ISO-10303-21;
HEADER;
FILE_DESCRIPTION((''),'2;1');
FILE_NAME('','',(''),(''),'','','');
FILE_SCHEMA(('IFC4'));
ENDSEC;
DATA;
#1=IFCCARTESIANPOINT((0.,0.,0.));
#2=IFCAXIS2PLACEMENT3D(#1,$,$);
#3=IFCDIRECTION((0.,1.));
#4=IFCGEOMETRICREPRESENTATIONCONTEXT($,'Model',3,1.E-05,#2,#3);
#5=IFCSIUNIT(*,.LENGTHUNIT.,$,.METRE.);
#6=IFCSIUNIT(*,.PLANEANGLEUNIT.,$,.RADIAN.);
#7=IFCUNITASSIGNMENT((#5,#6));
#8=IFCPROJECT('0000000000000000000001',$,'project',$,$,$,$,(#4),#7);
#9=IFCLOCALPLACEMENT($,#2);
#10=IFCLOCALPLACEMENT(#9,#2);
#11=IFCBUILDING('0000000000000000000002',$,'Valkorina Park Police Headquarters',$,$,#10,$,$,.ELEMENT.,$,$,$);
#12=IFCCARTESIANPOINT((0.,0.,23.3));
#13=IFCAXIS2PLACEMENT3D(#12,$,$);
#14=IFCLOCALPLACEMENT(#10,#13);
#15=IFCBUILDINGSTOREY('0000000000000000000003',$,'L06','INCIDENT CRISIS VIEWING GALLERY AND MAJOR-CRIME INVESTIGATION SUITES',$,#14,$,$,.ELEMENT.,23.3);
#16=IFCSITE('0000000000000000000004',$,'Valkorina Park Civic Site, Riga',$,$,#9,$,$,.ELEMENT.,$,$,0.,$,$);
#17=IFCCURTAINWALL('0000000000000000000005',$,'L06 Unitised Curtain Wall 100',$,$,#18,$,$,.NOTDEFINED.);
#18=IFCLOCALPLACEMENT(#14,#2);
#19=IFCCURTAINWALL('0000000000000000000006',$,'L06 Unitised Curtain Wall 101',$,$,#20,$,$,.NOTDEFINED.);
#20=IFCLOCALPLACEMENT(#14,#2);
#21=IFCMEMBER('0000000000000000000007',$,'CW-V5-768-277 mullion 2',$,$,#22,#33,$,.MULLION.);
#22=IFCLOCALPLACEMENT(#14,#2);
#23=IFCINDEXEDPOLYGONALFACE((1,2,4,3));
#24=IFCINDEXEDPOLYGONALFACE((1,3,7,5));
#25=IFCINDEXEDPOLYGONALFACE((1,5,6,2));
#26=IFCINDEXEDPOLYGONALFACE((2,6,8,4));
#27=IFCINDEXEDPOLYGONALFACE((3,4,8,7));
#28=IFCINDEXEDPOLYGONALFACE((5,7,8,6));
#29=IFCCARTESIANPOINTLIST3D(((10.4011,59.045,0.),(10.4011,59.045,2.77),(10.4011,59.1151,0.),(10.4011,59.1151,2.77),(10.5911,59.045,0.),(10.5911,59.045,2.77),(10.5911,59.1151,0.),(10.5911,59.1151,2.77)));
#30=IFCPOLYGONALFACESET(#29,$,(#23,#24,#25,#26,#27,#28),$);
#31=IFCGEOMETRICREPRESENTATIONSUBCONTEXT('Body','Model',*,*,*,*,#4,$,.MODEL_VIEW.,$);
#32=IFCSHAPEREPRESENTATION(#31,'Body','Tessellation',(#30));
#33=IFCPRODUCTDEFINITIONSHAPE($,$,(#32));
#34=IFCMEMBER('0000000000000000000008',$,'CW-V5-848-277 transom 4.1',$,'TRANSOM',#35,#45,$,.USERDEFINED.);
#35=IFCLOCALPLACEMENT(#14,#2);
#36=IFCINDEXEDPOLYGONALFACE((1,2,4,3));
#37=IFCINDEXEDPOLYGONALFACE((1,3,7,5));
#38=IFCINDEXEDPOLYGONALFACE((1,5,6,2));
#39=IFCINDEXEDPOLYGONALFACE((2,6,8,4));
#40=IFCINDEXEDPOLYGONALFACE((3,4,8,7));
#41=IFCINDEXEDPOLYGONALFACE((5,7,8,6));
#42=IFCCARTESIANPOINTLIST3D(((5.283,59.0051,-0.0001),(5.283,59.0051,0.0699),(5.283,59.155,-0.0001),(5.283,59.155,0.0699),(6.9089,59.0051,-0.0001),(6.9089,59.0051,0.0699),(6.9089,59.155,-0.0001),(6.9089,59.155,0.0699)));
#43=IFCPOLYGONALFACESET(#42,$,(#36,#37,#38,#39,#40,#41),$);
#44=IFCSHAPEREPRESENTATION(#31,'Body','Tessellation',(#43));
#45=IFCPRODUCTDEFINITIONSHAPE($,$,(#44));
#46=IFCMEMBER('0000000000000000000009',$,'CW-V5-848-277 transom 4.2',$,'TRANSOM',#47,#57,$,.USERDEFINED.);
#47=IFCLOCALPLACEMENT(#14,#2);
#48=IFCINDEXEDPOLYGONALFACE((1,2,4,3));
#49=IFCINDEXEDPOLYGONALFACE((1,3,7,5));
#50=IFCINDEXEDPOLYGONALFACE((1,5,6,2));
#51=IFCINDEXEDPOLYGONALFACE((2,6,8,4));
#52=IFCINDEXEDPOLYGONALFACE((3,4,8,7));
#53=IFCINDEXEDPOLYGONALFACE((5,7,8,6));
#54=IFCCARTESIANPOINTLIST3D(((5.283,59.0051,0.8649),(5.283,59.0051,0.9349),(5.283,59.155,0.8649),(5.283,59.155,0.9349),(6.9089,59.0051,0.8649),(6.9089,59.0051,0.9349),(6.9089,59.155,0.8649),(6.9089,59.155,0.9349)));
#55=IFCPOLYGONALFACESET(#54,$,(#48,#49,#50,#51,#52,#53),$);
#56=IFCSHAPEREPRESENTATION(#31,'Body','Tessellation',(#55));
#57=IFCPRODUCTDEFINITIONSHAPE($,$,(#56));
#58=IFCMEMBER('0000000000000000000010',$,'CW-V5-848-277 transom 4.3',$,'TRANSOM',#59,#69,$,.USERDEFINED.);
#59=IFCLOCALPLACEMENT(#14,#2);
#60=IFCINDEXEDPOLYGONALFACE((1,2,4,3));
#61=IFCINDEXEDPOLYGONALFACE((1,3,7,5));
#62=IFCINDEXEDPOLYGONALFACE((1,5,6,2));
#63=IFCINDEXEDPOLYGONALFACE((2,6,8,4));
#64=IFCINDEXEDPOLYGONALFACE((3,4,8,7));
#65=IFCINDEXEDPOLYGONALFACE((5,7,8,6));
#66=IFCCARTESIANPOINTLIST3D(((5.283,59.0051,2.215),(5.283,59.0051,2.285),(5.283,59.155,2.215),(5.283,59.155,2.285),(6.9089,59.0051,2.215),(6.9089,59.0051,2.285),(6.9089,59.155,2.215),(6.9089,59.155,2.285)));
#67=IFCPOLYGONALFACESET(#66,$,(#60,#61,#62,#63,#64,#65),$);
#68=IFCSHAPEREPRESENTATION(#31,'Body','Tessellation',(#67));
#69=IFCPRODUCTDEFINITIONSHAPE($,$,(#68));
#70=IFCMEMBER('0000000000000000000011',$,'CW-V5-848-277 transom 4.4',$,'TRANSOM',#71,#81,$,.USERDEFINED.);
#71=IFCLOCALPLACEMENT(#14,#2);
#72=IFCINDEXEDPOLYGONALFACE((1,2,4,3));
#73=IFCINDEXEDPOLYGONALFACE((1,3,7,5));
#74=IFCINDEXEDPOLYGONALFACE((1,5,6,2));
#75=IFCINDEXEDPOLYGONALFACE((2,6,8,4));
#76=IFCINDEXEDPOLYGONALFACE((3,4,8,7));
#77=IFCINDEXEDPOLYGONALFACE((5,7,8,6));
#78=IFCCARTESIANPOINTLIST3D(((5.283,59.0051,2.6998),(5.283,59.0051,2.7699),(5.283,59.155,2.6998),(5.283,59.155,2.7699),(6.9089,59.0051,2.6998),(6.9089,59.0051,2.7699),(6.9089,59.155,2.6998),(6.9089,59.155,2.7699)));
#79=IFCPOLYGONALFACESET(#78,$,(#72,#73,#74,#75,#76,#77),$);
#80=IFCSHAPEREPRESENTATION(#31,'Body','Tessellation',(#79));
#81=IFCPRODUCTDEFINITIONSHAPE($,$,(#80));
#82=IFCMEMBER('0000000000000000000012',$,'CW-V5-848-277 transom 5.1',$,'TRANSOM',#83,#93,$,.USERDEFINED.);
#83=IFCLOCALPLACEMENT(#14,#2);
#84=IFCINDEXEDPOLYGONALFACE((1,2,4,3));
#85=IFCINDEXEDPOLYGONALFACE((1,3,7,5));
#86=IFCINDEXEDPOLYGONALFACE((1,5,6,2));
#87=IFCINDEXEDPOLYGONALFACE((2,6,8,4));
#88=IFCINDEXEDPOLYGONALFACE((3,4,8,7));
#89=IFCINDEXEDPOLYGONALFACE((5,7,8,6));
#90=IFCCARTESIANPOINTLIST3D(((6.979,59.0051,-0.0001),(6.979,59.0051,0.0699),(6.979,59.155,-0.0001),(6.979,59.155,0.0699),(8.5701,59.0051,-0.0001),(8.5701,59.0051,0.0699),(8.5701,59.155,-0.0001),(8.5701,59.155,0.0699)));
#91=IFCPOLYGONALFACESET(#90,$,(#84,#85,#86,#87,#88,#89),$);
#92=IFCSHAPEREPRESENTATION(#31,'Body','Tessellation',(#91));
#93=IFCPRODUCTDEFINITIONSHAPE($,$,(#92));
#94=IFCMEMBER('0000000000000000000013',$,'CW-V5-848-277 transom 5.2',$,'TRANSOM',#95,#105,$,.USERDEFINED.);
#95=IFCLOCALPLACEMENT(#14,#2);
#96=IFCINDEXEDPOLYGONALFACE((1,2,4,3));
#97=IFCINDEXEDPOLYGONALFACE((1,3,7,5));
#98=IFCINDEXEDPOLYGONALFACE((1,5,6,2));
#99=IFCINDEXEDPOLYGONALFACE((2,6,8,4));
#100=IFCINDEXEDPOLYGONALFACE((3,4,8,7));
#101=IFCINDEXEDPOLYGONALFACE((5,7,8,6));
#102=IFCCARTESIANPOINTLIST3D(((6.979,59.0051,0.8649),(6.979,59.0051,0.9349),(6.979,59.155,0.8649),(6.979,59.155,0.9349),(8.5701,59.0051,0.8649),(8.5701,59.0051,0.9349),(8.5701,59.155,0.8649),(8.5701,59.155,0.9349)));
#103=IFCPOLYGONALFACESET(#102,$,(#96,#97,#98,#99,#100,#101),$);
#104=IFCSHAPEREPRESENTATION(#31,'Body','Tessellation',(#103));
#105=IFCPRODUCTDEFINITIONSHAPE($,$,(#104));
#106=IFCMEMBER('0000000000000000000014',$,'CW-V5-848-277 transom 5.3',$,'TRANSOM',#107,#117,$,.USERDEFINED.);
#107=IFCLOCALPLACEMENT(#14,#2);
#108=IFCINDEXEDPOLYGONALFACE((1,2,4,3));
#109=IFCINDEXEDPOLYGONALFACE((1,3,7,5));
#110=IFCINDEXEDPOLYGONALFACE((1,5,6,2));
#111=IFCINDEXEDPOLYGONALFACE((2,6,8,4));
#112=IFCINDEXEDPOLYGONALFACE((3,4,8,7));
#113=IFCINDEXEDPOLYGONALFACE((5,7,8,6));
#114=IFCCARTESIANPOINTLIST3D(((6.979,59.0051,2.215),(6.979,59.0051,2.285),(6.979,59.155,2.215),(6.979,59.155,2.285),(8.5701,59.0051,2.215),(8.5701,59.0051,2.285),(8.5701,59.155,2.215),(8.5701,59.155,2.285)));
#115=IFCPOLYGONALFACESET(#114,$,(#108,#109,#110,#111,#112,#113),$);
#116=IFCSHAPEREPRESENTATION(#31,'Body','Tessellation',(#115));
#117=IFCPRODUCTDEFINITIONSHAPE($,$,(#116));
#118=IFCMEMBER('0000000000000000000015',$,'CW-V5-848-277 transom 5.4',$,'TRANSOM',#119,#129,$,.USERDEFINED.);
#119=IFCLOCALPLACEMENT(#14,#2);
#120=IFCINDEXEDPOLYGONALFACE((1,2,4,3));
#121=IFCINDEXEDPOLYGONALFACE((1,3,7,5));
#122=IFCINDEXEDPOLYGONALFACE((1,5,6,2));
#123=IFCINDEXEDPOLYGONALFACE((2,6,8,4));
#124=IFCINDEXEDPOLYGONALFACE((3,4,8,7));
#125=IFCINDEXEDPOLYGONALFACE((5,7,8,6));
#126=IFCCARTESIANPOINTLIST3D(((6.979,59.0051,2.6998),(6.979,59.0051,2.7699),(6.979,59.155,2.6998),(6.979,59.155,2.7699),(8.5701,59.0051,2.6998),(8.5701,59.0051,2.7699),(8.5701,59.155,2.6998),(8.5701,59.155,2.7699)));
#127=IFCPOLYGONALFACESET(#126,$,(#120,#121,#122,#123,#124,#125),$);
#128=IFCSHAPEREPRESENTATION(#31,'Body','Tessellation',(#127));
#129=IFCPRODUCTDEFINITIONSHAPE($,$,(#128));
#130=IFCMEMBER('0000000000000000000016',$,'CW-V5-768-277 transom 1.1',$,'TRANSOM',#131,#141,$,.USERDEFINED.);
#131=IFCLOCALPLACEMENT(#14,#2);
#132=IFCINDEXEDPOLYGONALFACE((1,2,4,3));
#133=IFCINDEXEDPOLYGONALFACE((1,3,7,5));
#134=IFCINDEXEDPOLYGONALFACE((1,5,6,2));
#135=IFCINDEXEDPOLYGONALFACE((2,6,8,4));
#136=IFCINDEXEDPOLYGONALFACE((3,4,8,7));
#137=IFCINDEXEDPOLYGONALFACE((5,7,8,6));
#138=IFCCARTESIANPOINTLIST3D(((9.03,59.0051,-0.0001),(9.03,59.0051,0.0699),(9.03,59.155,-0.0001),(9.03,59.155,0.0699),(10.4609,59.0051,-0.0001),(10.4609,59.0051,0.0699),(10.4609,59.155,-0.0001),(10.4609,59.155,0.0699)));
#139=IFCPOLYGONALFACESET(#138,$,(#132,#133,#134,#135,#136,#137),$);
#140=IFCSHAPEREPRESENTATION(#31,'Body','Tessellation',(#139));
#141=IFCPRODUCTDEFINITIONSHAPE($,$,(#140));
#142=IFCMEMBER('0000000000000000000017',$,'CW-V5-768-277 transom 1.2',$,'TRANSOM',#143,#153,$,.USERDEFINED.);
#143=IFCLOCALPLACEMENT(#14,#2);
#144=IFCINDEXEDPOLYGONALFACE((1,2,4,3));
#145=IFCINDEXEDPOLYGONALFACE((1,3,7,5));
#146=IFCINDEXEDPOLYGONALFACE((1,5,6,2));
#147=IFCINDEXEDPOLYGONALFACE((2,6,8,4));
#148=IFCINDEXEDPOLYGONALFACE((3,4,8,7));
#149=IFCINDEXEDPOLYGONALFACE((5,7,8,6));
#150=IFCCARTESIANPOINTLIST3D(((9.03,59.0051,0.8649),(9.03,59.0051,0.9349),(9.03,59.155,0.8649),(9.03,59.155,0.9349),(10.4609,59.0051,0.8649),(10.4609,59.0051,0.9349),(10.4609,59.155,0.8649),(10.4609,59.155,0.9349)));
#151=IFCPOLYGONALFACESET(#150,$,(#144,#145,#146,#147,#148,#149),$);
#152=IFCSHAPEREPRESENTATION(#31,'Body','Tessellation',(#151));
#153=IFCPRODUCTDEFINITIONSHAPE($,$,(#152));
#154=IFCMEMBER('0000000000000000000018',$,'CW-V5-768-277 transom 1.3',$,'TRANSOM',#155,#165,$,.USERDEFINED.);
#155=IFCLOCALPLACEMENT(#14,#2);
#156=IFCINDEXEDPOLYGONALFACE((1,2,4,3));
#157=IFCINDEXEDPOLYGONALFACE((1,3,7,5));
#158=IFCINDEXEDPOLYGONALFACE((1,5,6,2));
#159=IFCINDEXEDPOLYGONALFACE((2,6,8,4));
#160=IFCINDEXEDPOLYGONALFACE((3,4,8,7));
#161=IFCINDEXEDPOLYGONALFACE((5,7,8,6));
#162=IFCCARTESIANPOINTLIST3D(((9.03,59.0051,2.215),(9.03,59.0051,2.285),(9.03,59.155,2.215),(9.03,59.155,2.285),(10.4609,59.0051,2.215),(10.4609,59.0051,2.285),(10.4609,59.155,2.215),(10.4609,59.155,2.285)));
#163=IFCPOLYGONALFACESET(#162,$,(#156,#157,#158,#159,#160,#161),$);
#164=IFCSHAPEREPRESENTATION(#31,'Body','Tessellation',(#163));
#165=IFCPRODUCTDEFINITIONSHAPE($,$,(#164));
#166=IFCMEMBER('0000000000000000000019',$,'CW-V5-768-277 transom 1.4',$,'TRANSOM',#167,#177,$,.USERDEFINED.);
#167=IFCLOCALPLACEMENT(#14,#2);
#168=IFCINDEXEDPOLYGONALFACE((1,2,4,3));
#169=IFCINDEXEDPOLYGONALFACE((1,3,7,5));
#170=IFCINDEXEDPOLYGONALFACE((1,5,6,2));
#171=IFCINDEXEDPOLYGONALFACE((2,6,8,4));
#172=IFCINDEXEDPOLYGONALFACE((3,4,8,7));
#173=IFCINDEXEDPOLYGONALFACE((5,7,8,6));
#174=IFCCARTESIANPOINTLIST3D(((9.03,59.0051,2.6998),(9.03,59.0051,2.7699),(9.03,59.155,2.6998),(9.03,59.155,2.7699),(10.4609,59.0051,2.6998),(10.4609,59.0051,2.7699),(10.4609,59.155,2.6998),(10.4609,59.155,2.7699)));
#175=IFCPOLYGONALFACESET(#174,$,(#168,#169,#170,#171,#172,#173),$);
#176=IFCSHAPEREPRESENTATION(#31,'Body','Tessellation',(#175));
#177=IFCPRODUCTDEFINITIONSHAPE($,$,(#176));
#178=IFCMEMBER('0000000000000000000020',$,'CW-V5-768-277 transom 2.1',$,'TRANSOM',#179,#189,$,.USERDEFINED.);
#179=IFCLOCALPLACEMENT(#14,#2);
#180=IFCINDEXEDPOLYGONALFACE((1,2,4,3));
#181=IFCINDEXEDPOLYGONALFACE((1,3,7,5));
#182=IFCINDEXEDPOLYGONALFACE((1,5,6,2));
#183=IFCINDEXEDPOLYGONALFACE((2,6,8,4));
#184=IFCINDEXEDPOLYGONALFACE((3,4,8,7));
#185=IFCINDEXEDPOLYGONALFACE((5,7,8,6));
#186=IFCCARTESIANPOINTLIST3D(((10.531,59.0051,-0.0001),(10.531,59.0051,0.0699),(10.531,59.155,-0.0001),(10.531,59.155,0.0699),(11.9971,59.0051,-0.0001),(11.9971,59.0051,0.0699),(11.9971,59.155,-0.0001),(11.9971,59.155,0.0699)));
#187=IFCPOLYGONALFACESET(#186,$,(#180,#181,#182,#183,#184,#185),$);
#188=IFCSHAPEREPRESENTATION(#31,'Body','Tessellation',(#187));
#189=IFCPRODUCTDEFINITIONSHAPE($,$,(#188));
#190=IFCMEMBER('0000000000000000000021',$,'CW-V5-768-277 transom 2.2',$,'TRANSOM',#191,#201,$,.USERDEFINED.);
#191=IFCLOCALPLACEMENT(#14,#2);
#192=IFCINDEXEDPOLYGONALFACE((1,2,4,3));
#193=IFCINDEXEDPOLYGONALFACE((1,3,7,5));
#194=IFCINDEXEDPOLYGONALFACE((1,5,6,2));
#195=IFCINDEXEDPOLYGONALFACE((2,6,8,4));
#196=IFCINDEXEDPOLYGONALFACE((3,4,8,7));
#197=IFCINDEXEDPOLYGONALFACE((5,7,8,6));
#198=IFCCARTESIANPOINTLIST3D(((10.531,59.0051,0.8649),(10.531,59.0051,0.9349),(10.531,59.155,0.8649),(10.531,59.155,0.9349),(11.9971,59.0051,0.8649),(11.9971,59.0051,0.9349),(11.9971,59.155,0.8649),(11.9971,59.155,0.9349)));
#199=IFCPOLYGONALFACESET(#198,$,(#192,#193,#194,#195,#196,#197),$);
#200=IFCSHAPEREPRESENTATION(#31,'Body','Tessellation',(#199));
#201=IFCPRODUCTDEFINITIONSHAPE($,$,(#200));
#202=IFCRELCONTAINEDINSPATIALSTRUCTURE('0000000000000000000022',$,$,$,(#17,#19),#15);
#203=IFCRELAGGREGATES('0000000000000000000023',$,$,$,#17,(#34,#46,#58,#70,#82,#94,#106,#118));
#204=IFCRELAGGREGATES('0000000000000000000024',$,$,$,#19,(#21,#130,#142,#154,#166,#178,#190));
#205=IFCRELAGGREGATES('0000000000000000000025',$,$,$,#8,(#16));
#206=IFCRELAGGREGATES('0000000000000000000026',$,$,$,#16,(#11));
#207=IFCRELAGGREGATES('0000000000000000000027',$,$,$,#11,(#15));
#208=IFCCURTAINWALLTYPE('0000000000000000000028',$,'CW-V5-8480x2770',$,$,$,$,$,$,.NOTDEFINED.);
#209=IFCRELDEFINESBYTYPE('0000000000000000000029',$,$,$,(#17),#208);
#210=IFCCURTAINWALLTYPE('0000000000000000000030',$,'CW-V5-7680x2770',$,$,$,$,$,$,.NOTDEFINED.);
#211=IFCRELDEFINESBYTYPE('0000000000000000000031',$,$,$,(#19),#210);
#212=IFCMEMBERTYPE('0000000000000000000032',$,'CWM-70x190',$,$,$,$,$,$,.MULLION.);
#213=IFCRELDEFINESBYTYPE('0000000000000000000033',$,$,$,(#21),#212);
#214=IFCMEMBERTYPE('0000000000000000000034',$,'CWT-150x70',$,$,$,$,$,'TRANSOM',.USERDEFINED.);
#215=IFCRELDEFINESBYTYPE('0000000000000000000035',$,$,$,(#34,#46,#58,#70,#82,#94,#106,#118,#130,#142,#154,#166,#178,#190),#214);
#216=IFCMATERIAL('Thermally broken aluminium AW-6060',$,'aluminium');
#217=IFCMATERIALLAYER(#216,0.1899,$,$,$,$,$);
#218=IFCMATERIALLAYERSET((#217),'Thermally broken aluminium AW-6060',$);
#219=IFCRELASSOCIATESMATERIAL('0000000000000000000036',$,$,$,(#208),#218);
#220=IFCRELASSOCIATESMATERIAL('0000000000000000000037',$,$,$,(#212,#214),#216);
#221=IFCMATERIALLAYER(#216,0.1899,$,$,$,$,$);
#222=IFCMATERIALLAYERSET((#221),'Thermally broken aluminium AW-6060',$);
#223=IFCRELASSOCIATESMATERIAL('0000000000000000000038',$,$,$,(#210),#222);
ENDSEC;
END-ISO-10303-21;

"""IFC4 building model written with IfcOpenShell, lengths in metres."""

from ifc_helpers import new_model, si_unit, direction, frame, origin, origin_2d, place, context, subcontext, project, spatial, rectangle, extrude, material, layer, layer_set, material_profile, profile_set, type_object, element, aggregate, save


model = new_model("IFC4")

# Units and contexts
model_context = context("Model", 3, precision=1e-05, world=origin(), true_north=direction((0.0, 1.0)))
body_context = subcontext(model_context, "Body", "Model", "MODEL_VIEW")
ifc_project = project(units=[si_unit("LENGTHUNIT", "METRE"), si_unit("PLANEANGLEUNIT", "RADIAN")], contexts=[model_context])

# Site, building, storey
site_placement = place(None, origin())
site = spatial("IfcSite", under=ifc_project, at=site_placement, Name="Valkorina Park Civic Site, Riga", CompositionType="ELEMENT", RefElevation=0.0)
building_placement = place(site_placement, origin())
building = spatial("IfcBuilding", under=site, at=building_placement, Name="Valkorina Park Police Headquarters", CompositionType="ELEMENT")
storey_placement = place(building_placement, frame((0.0, 0.0, 23.3)))
storey = spatial("IfcBuildingStorey", under=building, at=storey_placement, Name="L06", Description="INCIDENT CRISIS VIEWING GALLERY AND MAJOR-CRIME INVESTIGATION SUITES", CompositionType="ELEMENT", Elevation=23.3)

# Curtain walls, member
ifc_material_1 = material(Name="Thermally broken aluminium AW-6060", Category="aluminium")
ifc_layer_1 = layer(ifc_material_1, 0.1899)
ifc_layer_set_1 = layer_set([ifc_layer_1], Name="Thermally broken aluminium AW-6060")
curtain_wall_type_1 = type_object("IfcCurtainWallType", Name="CW-V5-8480x2770", PredefinedType="NOTDEFINED", material=ifc_layer_set_1)
curtain_wall_1_placement = place(storey_placement, origin())
curtain_wall_1 = element("IfcCurtainWall", 1, at=curtain_wall_1_placement, inside=storey, type_object=curtain_wall_type_1, Name="L06 Unitised Curtain Wall 100", PredefinedType="NOTDEFINED")
ifc_material_profile_1 = material_profile(ifc_material_1, rectangle(XDim=0.0701, YDim=0.1899, at=origin_2d()), Name="CWM-02 70x190")
ifc_profile_set_1 = profile_set([ifc_material_profile_1], Name="Thermally broken aluminium AW-6060")
member_type_1 = type_object("IfcMemberType", Name="CWM-70x190", PredefinedType="MULLION", material=ifc_profile_set_1)
ifc_layer_2 = layer(ifc_material_1, 0.1899)
ifc_layer_set_2 = layer_set([ifc_layer_2], Name="Thermally broken aluminium AW-6060")
curtain_wall_type_2 = type_object("IfcCurtainWallType", Name="CW-V5-7680x2770", PredefinedType="NOTDEFINED", material=ifc_layer_set_2)
curtain_wall_2_placement = place(storey_placement, origin())
curtain_wall_2 = element("IfcCurtainWall", 2, at=curtain_wall_2_placement, inside=storey, type_object=curtain_wall_type_2, Name="L06 Unitised Curtain Wall 101", PredefinedType="NOTDEFINED")
member_1_placement = place(storey_placement, frame((10.4961, 59.0801, 0.0), z_axis=(0.0, 0.0, 1.0), x_axis=(0.0, 1.0, 0.0)))
member_1 = element("IfcMember", 3, at=member_1_placement, type_object=member_type_1, Name="CW-V5-768-277 mullion 2", PredefinedType="MULLION", context=body_context, shape_type="SweptSolid", body=[
    extrude(rectangle(XDim=0.0701, YDim=0.1899, at=origin_2d()), origin(), (0.0, 0.0, 1.0), 2.77),
])

# Members
ifc_material_profile_2 = material_profile(ifc_material_1, rectangle(XDim=0.1499, YDim=0.0701, at=origin_2d()), Name="CWT-02 150x70")
ifc_profile_set_2 = profile_set([ifc_material_profile_2], Name="Thermally broken aluminium AW-6060")
member_type_2 = type_object("IfcMemberType", Name="CWT-150x70", ElementType="TRANSOM", PredefinedType="USERDEFINED", material=ifc_profile_set_2)
member_2_placement = place(storey_placement, frame((5.283, 59.0801, 0.0349), z_axis=(1.0, 0.0, 0.0), x_axis=(0.0, 1.0, 0.0)))
member_2 = element("IfcMember", 4, at=member_2_placement, type_object=member_type_2, Name="CW-V5-848-277 transom 4.1", ObjectType="TRANSOM", PredefinedType="USERDEFINED", context=body_context, shape_type="SweptSolid", body=[
    extrude(rectangle(XDim=0.1499, YDim=0.0701, at=origin_2d()), origin(), (0.0, 0.0, 1.0), 1.626),
])
member_3_placement = place(storey_placement, frame((5.283, 59.0801, 0.8999), z_axis=(1.0, 0.0, 0.0), x_axis=(0.0, 1.0, 0.0)))
member_3 = element("IfcMember", 5, at=member_3_placement, type_object=member_type_2, Name="CW-V5-848-277 transom 4.2", ObjectType="TRANSOM", PredefinedType="USERDEFINED", context=body_context, shape_type="SweptSolid", body=[
    extrude(rectangle(XDim=0.1499, YDim=0.0701, at=origin_2d()), origin(), (0.0, 0.0, 1.0), 1.626),
])
member_4_placement = place(storey_placement, frame((5.283, 59.0801, 2.25), z_axis=(1.0, 0.0, 0.0), x_axis=(0.0, 1.0, 0.0)))
member_4 = element("IfcMember", 6, at=member_4_placement, type_object=member_type_2, Name="CW-V5-848-277 transom 4.3", ObjectType="TRANSOM", PredefinedType="USERDEFINED", context=body_context, shape_type="SweptSolid", body=[
    extrude(rectangle(XDim=0.1499, YDim=0.0701, at=origin_2d()), origin(), (0.0, 0.0, 1.0), 1.626),
])
member_5_placement = place(storey_placement, frame((5.283, 59.0801, 2.7349), z_axis=(1.0, 0.0, 0.0), x_axis=(0.0, 1.0, 0.0)))
member_5 = element("IfcMember", 7, at=member_5_placement, type_object=member_type_2, Name="CW-V5-848-277 transom 4.4", ObjectType="TRANSOM", PredefinedType="USERDEFINED", context=body_context, shape_type="SweptSolid", body=[
    extrude(rectangle(XDim=0.1499, YDim=0.0701, at=origin_2d()), origin(), (0.0, 0.0, 1.0), 1.626),
])
member_6_placement = place(storey_placement, frame((6.979, 59.0801, 0.0349), z_axis=(1.0, 0.0, 0.0), x_axis=(0.0, 1.0, 0.0)))
member_6 = element("IfcMember", 8, at=member_6_placement, type_object=member_type_2, Name="CW-V5-848-277 transom 5.1", ObjectType="TRANSOM", PredefinedType="USERDEFINED", context=body_context, shape_type="SweptSolid", body=[
    extrude(rectangle(XDim=0.1499, YDim=0.0701, at=origin_2d()), origin(), (0.0, 0.0, 1.0), 1.5911),
])
member_7_placement = place(storey_placement, frame((6.979, 59.0801, 0.8999), z_axis=(1.0, 0.0, 0.0), x_axis=(0.0, 1.0, 0.0)))
member_7 = element("IfcMember", 9, at=member_7_placement, type_object=member_type_2, Name="CW-V5-848-277 transom 5.2", ObjectType="TRANSOM", PredefinedType="USERDEFINED", context=body_context, shape_type="SweptSolid", body=[
    extrude(rectangle(XDim=0.1499, YDim=0.0701, at=origin_2d()), origin(), (0.0, 0.0, 1.0), 1.5911),
])
member_8_placement = place(storey_placement, frame((6.979, 59.0801, 2.25), z_axis=(1.0, 0.0, 0.0), x_axis=(0.0, 1.0, 0.0)))
member_8 = element("IfcMember", 10, at=member_8_placement, type_object=member_type_2, Name="CW-V5-848-277 transom 5.3", ObjectType="TRANSOM", PredefinedType="USERDEFINED", context=body_context, shape_type="SweptSolid", body=[
    extrude(rectangle(XDim=0.1499, YDim=0.0701, at=origin_2d()), origin(), (0.0, 0.0, 1.0), 1.5911),
])
member_9_placement = place(storey_placement, frame((6.979, 59.0801, 2.7349), z_axis=(1.0, 0.0, 0.0), x_axis=(0.0, 1.0, 0.0)))
member_9 = element("IfcMember", 11, at=member_9_placement, type_object=member_type_2, Name="CW-V5-848-277 transom 5.4", ObjectType="TRANSOM", PredefinedType="USERDEFINED", context=body_context, shape_type="SweptSolid", body=[
    extrude(rectangle(XDim=0.1499, YDim=0.0701, at=origin_2d()), origin(), (0.0, 0.0, 1.0), 1.5911),
])
member_10_placement = place(storey_placement, frame((9.03, 59.0801, 0.0349), z_axis=(1.0, 0.0, 0.0), x_axis=(0.0, 1.0, 0.0)))
member_10 = element("IfcMember", 12, at=member_10_placement, type_object=member_type_2, Name="CW-V5-768-277 transom 1.1", ObjectType="TRANSOM", PredefinedType="USERDEFINED", context=body_context, shape_type="SweptSolid", body=[
    extrude(rectangle(XDim=0.1499, YDim=0.0701, at=origin_2d()), origin(), (0.0, 0.0, 1.0), 1.4309),
])
member_11_placement = place(storey_placement, frame((9.03, 59.0801, 0.8999), z_axis=(1.0, 0.0, 0.0), x_axis=(0.0, 1.0, 0.0)))
member_11 = element("IfcMember", 13, at=member_11_placement, type_object=member_type_2, Name="CW-V5-768-277 transom 1.2", ObjectType="TRANSOM", PredefinedType="USERDEFINED", context=body_context, shape_type="SweptSolid", body=[
    extrude(rectangle(XDim=0.1499, YDim=0.0701, at=origin_2d()), origin(), (0.0, 0.0, 1.0), 1.4309),
])
member_12_placement = place(storey_placement, frame((9.03, 59.0801, 2.25), z_axis=(1.0, 0.0, 0.0), x_axis=(0.0, 1.0, 0.0)))
member_12 = element("IfcMember", 14, at=member_12_placement, type_object=member_type_2, Name="CW-V5-768-277 transom 1.3", ObjectType="TRANSOM", PredefinedType="USERDEFINED", context=body_context, shape_type="SweptSolid", body=[
    extrude(rectangle(XDim=0.1499, YDim=0.0701, at=origin_2d()), origin(), (0.0, 0.0, 1.0), 1.4309),
])
member_13_placement = place(storey_placement, frame((9.03, 59.0801, 2.7349), z_axis=(1.0, 0.0, 0.0), x_axis=(0.0, 1.0, 0.0)))
member_13 = element("IfcMember", 15, at=member_13_placement, type_object=member_type_2, Name="CW-V5-768-277 transom 1.4", ObjectType="TRANSOM", PredefinedType="USERDEFINED", context=body_context, shape_type="SweptSolid", body=[
    extrude(rectangle(XDim=0.1499, YDim=0.0701, at=origin_2d()), origin(), (0.0, 0.0, 1.0), 1.4309),
])
member_14_placement = place(storey_placement, frame((10.531, 59.0801, 0.0349), z_axis=(1.0, 0.0, 0.0), x_axis=(0.0, 1.0, 0.0)))
member_14 = element("IfcMember", 16, at=member_14_placement, type_object=member_type_2, Name="CW-V5-768-277 transom 2.1", ObjectType="TRANSOM", PredefinedType="USERDEFINED", context=body_context, shape_type="SweptSolid", body=[
    extrude(rectangle(XDim=0.1499, YDim=0.0701, at=origin_2d()), origin(), (0.0, 0.0, 1.0), 1.4661),
])
member_15_placement = place(storey_placement, frame((10.531, 59.0801, 0.8999), z_axis=(1.0, 0.0, 0.0), x_axis=(0.0, 1.0, 0.0)))
member_15 = element("IfcMember", 17, at=member_15_placement, type_object=member_type_2, Name="CW-V5-768-277 transom 2.2", ObjectType="TRANSOM", PredefinedType="USERDEFINED", context=body_context, shape_type="SweptSolid", body=[
    extrude(rectangle(XDim=0.1499, YDim=0.0701, at=origin_2d()), origin(), (0.0, 0.0, 1.0), 1.4661),
])

aggregate(curtain_wall_1, [member_2, member_3, member_4, member_5, member_6, member_7, member_8, member_9])
aggregate(curtain_wall_2, [member_1, member_10, member_11, member_12, member_13, member_14, member_15])

save(model, "model.ifc")
